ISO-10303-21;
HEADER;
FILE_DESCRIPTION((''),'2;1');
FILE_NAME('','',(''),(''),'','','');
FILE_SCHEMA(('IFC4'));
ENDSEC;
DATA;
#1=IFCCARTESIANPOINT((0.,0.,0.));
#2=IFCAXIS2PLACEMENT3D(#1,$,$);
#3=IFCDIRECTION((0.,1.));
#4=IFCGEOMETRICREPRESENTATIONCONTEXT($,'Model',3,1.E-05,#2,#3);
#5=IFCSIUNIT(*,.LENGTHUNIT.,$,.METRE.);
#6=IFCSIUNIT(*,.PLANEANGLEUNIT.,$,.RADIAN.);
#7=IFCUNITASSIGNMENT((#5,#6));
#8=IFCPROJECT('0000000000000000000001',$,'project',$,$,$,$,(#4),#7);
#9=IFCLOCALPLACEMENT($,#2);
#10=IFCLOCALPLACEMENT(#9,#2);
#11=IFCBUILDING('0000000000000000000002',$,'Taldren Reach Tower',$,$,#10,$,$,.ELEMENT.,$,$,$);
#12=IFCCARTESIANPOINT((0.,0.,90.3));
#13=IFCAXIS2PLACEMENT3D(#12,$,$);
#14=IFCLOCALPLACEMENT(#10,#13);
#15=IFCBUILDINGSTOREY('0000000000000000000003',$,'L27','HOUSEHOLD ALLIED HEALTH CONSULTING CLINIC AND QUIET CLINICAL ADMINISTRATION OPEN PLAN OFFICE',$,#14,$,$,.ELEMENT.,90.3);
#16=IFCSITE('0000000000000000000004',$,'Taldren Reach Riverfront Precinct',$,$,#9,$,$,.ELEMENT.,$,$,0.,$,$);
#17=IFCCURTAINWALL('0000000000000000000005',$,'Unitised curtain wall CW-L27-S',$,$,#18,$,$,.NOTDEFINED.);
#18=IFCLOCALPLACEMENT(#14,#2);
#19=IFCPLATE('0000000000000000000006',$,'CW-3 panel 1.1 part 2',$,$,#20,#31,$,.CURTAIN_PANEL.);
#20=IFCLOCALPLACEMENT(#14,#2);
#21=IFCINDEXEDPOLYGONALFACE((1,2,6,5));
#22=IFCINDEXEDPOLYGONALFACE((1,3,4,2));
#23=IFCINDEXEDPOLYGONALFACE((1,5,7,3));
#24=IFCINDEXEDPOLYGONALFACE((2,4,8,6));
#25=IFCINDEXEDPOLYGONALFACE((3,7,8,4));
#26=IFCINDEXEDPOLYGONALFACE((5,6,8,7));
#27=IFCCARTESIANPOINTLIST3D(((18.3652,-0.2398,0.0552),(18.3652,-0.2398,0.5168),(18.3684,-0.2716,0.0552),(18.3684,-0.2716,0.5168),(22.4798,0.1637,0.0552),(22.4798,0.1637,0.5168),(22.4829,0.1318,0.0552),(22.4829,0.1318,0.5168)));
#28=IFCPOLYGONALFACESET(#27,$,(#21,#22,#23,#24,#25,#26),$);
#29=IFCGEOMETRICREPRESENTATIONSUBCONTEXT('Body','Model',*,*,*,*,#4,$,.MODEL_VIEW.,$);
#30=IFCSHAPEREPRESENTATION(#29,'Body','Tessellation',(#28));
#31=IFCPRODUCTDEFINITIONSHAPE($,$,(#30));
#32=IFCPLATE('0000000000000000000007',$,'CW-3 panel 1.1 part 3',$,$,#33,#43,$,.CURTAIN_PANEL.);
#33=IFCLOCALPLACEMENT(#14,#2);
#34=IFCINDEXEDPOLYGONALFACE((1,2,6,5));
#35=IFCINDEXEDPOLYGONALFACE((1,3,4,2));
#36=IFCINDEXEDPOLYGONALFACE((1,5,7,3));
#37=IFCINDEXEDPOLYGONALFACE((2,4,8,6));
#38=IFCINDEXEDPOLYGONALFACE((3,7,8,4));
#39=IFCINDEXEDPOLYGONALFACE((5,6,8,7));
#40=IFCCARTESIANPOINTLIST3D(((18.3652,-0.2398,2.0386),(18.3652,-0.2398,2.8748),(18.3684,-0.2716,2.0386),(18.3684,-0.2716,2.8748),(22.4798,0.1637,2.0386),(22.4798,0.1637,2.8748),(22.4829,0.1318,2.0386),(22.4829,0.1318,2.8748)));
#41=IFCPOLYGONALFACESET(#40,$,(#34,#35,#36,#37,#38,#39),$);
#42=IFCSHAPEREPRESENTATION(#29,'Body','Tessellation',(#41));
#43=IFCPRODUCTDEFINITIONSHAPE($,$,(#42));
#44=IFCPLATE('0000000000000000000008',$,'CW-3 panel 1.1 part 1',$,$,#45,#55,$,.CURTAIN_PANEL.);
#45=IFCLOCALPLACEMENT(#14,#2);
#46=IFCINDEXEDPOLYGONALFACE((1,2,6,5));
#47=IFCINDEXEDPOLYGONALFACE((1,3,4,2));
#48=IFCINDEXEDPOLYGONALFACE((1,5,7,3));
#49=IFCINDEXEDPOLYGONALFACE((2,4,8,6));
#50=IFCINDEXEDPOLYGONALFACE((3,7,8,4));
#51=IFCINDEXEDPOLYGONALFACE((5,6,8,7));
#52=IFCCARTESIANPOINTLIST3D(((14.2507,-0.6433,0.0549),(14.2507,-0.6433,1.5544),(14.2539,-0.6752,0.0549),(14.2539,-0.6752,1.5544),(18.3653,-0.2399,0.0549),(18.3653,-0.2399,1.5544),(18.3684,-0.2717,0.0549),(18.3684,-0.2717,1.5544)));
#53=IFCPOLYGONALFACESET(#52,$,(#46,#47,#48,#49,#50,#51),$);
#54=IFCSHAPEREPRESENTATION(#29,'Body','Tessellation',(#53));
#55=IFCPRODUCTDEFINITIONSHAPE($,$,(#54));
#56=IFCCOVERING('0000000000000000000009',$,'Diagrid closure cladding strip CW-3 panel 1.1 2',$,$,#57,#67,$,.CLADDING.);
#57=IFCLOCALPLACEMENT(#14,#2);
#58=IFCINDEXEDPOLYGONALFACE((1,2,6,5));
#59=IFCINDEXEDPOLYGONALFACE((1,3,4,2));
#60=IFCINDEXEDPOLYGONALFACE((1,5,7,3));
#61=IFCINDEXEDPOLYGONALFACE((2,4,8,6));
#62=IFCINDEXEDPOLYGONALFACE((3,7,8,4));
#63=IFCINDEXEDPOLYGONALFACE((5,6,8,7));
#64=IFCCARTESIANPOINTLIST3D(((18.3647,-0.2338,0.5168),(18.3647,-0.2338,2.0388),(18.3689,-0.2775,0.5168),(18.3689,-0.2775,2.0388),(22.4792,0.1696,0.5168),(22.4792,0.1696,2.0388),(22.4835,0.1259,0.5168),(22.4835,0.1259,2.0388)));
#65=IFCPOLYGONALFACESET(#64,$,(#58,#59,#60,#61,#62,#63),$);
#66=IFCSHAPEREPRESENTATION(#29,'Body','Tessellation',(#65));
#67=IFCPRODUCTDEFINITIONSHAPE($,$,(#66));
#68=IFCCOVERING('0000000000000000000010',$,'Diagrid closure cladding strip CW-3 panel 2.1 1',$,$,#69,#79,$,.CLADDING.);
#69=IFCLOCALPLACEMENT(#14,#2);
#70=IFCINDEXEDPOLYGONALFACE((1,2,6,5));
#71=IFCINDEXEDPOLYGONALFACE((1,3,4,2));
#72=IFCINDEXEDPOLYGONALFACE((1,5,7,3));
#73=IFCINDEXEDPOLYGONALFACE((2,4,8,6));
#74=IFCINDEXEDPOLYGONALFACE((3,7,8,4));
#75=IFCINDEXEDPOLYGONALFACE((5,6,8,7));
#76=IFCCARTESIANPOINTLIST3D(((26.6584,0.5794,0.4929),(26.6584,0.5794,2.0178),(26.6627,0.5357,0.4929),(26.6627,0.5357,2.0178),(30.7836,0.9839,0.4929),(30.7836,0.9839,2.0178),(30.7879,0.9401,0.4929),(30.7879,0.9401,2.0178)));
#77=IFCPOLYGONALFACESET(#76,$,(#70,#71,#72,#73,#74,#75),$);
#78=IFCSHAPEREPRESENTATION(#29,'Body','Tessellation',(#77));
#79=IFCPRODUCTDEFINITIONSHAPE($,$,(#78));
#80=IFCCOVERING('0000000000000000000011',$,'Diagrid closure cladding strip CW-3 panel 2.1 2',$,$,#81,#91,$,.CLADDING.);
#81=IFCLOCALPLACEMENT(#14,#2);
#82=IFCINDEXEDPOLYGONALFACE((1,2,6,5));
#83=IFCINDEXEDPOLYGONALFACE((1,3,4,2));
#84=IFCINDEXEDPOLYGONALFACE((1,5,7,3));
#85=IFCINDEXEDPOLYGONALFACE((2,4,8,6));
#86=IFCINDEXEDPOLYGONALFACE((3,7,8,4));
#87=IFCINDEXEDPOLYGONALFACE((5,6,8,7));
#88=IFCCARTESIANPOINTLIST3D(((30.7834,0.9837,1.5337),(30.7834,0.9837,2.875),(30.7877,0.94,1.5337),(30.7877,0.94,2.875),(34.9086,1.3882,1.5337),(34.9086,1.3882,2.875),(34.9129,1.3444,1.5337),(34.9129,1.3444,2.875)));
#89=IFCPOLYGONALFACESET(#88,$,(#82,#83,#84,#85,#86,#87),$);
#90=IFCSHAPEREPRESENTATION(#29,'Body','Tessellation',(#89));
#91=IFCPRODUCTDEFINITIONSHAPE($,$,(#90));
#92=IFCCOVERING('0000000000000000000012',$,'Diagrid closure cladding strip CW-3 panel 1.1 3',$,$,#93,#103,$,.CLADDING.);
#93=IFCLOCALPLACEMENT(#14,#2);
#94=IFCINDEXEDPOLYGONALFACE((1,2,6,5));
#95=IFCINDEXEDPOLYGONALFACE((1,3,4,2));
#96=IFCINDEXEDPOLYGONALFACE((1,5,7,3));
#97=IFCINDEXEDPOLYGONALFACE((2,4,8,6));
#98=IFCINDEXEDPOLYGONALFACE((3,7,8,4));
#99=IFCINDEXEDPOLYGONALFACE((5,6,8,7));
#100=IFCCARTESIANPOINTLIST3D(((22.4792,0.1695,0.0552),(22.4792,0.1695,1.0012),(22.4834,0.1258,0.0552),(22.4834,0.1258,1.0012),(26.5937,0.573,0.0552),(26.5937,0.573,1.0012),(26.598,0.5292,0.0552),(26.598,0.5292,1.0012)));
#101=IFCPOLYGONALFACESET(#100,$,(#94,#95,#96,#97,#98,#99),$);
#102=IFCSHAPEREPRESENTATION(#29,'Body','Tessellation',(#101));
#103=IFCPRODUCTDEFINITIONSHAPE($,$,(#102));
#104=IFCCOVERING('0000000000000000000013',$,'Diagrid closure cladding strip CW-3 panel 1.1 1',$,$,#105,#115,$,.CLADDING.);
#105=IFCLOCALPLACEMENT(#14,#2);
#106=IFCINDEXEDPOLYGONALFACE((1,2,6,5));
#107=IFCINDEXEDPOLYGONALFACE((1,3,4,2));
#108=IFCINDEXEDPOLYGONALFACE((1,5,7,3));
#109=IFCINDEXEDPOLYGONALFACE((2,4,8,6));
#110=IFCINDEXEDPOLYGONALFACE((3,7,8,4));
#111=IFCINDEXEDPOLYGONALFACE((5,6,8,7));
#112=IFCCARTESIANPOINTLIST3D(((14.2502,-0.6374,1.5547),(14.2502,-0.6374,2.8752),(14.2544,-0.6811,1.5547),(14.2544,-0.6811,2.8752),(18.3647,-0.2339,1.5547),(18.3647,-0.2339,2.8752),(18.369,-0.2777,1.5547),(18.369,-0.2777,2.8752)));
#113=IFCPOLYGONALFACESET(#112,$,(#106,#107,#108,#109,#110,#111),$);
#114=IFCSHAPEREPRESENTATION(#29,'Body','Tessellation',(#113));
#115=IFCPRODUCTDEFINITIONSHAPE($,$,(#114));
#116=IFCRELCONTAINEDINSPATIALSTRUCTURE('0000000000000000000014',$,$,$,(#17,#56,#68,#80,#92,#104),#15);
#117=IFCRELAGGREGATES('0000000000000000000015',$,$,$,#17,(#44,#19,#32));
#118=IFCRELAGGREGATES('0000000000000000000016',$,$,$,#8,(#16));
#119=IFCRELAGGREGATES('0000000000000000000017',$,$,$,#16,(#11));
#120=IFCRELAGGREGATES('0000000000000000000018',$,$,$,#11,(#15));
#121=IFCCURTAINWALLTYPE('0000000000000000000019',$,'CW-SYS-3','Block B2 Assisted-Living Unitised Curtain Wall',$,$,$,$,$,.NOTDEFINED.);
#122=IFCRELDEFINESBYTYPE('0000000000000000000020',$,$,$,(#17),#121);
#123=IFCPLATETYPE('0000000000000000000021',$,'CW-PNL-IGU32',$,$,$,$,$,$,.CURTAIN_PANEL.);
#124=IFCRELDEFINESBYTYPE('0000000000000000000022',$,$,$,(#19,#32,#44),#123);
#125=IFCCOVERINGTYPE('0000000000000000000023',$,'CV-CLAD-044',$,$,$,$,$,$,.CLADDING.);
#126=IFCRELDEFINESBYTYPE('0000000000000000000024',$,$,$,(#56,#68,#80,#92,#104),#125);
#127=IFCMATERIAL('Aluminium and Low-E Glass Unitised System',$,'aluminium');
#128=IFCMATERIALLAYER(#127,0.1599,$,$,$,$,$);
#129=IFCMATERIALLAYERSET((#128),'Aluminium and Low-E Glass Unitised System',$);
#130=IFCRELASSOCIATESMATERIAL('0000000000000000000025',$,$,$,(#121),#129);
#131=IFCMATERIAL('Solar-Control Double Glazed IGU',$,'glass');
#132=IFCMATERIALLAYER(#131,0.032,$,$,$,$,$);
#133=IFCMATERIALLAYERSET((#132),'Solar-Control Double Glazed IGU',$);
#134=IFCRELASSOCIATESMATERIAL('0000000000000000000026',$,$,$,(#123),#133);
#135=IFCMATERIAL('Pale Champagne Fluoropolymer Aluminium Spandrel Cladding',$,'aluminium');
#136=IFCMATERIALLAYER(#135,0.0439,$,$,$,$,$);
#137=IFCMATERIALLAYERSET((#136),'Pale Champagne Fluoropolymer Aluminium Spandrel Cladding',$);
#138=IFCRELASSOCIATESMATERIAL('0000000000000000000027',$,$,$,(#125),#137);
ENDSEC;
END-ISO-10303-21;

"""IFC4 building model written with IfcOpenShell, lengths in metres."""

from ifc_helpers import new_model, si_unit, direction, frame, origin, origin_2d, place, context, subcontext, project, spatial, rectangle, extrude, source, transform, mapped, material, layer, layer_set, type_object, element, aggregate, save


model = new_model("IFC4")

# Units and contexts
model_context = context("Model", 3, precision=1e-05, world=origin(), true_north=direction((0.0, 1.0)))
body_context = subcontext(model_context, "Body", "Model", "MODEL_VIEW")
ifc_project = project(units=[si_unit("LENGTHUNIT", "METRE"), si_unit("PLANEANGLEUNIT", "RADIAN")], contexts=[model_context])

# Site, building, storey
site_placement = place(None, origin())
site = spatial("IfcSite", under=ifc_project, at=site_placement, Name="Taldren Reach Riverfront Precinct", CompositionType="ELEMENT", RefElevation=0.0)
building_placement = place(site_placement, origin())
building = spatial("IfcBuilding", under=site, at=building_placement, Name="Taldren Reach Tower", CompositionType="ELEMENT")
storey_placement = place(building_placement, frame((0.0, 0.0, 90.3)))
storey = spatial("IfcBuildingStorey", under=building, at=storey_placement, Name="L27", Description="HOUSEHOLD ALLIED HEALTH CONSULTING CLINIC AND QUIET CLINICAL ADMINISTRATION OPEN PLAN OFFICE", CompositionType="ELEMENT", Elevation=90.3)

# Curtain wall
ifc_material_1 = material(Name="Aluminium and Low-E Glass Unitised System", Category="aluminium")
ifc_layer_1 = layer(ifc_material_1, 0.1599)
ifc_layer_set_1 = layer_set([ifc_layer_1], Name="Aluminium and Low-E Glass Unitised System")
curtain_wall_type = type_object("IfcCurtainWallType", Name="CW-SYS-3", Description="Block B2 Assisted-Living Unitised Curtain Wall", PredefinedType="NOTDEFINED", material=ifc_layer_set_1)
curtain_wall_placement = place(storey_placement, origin())
curtain_wall = element("IfcCurtainWall", 1, at=curtain_wall_placement, inside=storey, type_object=curtain_wall_type, Name="Unitised curtain wall CW-L27-S", PredefinedType="NOTDEFINED")

# Plates
ifc_material_2 = material(Name="Solar-Control Double Glazed IGU", Category="glass")
ifc_layer_2 = layer(ifc_material_2, 0.032)
ifc_layer_set_2 = layer_set([ifc_layer_2], Name="Solar-Control Double Glazed IGU")
plate_type_1 = type_object("IfcPlateType", Name="CW-PNL-IGU32", PredefinedType="CURTAIN_PANEL", material=ifc_layer_set_2)
shared_shape_1 = source(origin(), body_context, "Body", "SweptSolid", [
    extrude(rectangle(XDim=4.1343, YDim=0.032, at=origin_2d()), origin(), (0.0, 0.0, 1.0), 0.4617),
])
plate_1_placement = place(storey_placement, frame((20.4241, -0.054, 0.0552), z_axis=(0.0, 0.0, 1.0), x_axis=(0.995227, 0.097583, 0.0)))
plate_1 = element("IfcPlate", 2, at=plate_1_placement, type_object=plate_type_1, Name="CW-3 panel 1.1 part 2", PredefinedType="CURTAIN_PANEL", context=body_context, shape_type="MappedRepresentation", body=[
    mapped(shared_shape_1, transform((0.0, 0.0, 0.0), scale=1.0)),
])
shared_shape_2 = source(origin(), body_context, "Body", "SweptSolid", [
    extrude(rectangle(XDim=4.1343, YDim=0.032, at=origin_2d()), origin(), (0.0, 0.0, 1.0), 0.8362),
])
plate_2_placement = place(storey_placement, frame((20.4241, -0.054, 2.0386), z_axis=(0.0, 0.0, 1.0), x_axis=(0.995227, 0.097583, 0.0)))
plate_2 = element("IfcPlate", 3, at=plate_2_placement, type_object=plate_type_1, Name="CW-3 panel 1.1 part 3", PredefinedType="CURTAIN_PANEL", context=body_context, shape_type="MappedRepresentation", body=[
    mapped(shared_shape_2, transform((0.0, 0.0, 0.0), scale=1.0)),
])
shared_shape_3 = source(origin(), body_context, "Body", "SweptSolid", [
    extrude(rectangle(XDim=4.1343, YDim=0.032, at=origin_2d()), origin(), (0.0, 0.0, 1.0), 1.4995),
])
plate_3_placement = place(storey_placement, frame((16.3096, -0.4575, 0.0549), z_axis=(0.0, 0.0, 1.0), x_axis=(0.995227, 0.097583, 0.0)))
plate_3 = element("IfcPlate", 4, at=plate_3_placement, type_object=plate_type_1, Name="CW-3 panel 1.1 part 1", PredefinedType="CURTAIN_PANEL", context=body_context, shape_type="MappedRepresentation", body=[
    mapped(shared_shape_3, transform((0.0, 0.0, 0.0), scale=1.0)),
])
aggregate(curtain_wall, [plate_3, plate_1, plate_2])

# Coverings
ifc_material_3 = material(Name="Pale Champagne Fluoropolymer Aluminium Spandrel Cladding", Category="aluminium")
ifc_layer_3 = layer(ifc_material_3, 0.0439)
ifc_layer_set_3 = layer_set([ifc_layer_3], Name="Pale Champagne Fluoropolymer Aluminium Spandrel Cladding")
covering_type = type_object("IfcCoveringType", Name="CV-CLAD-044", PredefinedType="CLADDING", material=ifc_layer_set_3)
shared_shape_4 = source(origin(), body_context, "Body", "SweptSolid", [
    extrude(rectangle(XDim=4.1343, YDim=0.0439, at=origin_2d()), origin(), (0.0, 0.0, 1.0), 1.522),
])
covering_1_placement = place(storey_placement, frame((20.4241, -0.054, 0.5168), z_axis=(0.0, 0.0, 1.0), x_axis=(0.995227, 0.097583, 0.0)))
element("IfcCovering", 5, at=covering_1_placement, inside=storey, type_object=covering_type, Name="Diagrid closure cladding strip CW-3 panel 1.1 2", PredefinedType="CLADDING", context=body_context, shape_type="MappedRepresentation", body=[
    mapped(shared_shape_4, transform((0.0, 0.0, 0.0), scale=1.0)),
])
shared_shape_5 = source(origin(), body_context, "Body", "SweptSolid", [
    extrude(rectangle(XDim=4.145, YDim=0.0439, at=origin_2d()), origin(), (0.0, 0.0, 1.0), 1.5249),
])
covering_2_placement = place(storey_placement, frame((28.7231, 0.7598, 0.4929), z_axis=(0.0, 0.0, 1.0), x_axis=(0.995227, 0.097583, 0.0)))
element("IfcCovering", 6, at=covering_2_placement, inside=storey, type_object=covering_type, Name="Diagrid closure cladding strip CW-3 panel 2.1 1", PredefinedType="CLADDING", context=body_context, shape_type="MappedRepresentation", body=[
    mapped(shared_shape_5, transform((0.0, 0.0, 0.0), scale=1.0)),
])
shared_shape_6 = source(origin(), body_context, "Body", "SweptSolid", [
    extrude(rectangle(XDim=4.145, YDim=0.0439, at=origin_2d()), origin(), (0.0, 0.0, 1.0), 1.3413),
])
covering_3_placement = place(storey_placement, frame((32.8481, 1.1641, 1.5337), z_axis=(0.0, 0.0, 1.0), x_axis=(0.995227, 0.097583, 0.0)))
element("IfcCovering", 7, at=covering_3_placement, inside=storey, type_object=covering_type, Name="Diagrid closure cladding strip CW-3 panel 2.1 2", PredefinedType="CLADDING", context=body_context, shape_type="MappedRepresentation", body=[
    mapped(shared_shape_6, transform((0.0, 0.0, 0.0), scale=1.0)),
])
shared_shape_7 = source(origin(), body_context, "Body", "SweptSolid", [
    extrude(rectangle(XDim=4.1343, YDim=0.0439, at=origin_2d()), origin(), (0.0, 0.0, 1.0), 0.946),
])
covering_4_placement = place(storey_placement, frame((24.5386, 0.3494, 0.0552), z_axis=(0.0, 0.0, 1.0), x_axis=(0.995227, 0.097583, 0.0)))
element("IfcCovering", 8, at=covering_4_placement, inside=storey, type_object=covering_type, Name="Diagrid closure cladding strip CW-3 panel 1.1 3", PredefinedType="CLADDING", context=body_context, shape_type="MappedRepresentation", body=[
    mapped(shared_shape_7, transform((0.0, 0.0, 0.0), scale=1.0)),
])
shared_shape_8 = source(origin(), body_context, "Body", "SweptSolid", [
    extrude(rectangle(XDim=4.1343, YDim=0.0439, at=origin_2d()), origin(), (0.0, 0.0, 1.0), 1.3206),
])
covering_5_placement = place(storey_placement, frame((16.3096, -0.4575, 1.5547), z_axis=(0.0, 0.0, 1.0), x_axis=(0.995227, 0.097583, 0.0)))
element("IfcCovering", 9, at=covering_5_placement, inside=storey, type_object=covering_type, Name="Diagrid closure cladding strip CW-3 panel 1.1 1", PredefinedType="CLADDING", context=body_context, shape_type="MappedRepresentation", body=[
    mapped(shared_shape_8, transform((0.0, 0.0, 0.0), scale=1.0)),
])

save(model, "model.ifc")
